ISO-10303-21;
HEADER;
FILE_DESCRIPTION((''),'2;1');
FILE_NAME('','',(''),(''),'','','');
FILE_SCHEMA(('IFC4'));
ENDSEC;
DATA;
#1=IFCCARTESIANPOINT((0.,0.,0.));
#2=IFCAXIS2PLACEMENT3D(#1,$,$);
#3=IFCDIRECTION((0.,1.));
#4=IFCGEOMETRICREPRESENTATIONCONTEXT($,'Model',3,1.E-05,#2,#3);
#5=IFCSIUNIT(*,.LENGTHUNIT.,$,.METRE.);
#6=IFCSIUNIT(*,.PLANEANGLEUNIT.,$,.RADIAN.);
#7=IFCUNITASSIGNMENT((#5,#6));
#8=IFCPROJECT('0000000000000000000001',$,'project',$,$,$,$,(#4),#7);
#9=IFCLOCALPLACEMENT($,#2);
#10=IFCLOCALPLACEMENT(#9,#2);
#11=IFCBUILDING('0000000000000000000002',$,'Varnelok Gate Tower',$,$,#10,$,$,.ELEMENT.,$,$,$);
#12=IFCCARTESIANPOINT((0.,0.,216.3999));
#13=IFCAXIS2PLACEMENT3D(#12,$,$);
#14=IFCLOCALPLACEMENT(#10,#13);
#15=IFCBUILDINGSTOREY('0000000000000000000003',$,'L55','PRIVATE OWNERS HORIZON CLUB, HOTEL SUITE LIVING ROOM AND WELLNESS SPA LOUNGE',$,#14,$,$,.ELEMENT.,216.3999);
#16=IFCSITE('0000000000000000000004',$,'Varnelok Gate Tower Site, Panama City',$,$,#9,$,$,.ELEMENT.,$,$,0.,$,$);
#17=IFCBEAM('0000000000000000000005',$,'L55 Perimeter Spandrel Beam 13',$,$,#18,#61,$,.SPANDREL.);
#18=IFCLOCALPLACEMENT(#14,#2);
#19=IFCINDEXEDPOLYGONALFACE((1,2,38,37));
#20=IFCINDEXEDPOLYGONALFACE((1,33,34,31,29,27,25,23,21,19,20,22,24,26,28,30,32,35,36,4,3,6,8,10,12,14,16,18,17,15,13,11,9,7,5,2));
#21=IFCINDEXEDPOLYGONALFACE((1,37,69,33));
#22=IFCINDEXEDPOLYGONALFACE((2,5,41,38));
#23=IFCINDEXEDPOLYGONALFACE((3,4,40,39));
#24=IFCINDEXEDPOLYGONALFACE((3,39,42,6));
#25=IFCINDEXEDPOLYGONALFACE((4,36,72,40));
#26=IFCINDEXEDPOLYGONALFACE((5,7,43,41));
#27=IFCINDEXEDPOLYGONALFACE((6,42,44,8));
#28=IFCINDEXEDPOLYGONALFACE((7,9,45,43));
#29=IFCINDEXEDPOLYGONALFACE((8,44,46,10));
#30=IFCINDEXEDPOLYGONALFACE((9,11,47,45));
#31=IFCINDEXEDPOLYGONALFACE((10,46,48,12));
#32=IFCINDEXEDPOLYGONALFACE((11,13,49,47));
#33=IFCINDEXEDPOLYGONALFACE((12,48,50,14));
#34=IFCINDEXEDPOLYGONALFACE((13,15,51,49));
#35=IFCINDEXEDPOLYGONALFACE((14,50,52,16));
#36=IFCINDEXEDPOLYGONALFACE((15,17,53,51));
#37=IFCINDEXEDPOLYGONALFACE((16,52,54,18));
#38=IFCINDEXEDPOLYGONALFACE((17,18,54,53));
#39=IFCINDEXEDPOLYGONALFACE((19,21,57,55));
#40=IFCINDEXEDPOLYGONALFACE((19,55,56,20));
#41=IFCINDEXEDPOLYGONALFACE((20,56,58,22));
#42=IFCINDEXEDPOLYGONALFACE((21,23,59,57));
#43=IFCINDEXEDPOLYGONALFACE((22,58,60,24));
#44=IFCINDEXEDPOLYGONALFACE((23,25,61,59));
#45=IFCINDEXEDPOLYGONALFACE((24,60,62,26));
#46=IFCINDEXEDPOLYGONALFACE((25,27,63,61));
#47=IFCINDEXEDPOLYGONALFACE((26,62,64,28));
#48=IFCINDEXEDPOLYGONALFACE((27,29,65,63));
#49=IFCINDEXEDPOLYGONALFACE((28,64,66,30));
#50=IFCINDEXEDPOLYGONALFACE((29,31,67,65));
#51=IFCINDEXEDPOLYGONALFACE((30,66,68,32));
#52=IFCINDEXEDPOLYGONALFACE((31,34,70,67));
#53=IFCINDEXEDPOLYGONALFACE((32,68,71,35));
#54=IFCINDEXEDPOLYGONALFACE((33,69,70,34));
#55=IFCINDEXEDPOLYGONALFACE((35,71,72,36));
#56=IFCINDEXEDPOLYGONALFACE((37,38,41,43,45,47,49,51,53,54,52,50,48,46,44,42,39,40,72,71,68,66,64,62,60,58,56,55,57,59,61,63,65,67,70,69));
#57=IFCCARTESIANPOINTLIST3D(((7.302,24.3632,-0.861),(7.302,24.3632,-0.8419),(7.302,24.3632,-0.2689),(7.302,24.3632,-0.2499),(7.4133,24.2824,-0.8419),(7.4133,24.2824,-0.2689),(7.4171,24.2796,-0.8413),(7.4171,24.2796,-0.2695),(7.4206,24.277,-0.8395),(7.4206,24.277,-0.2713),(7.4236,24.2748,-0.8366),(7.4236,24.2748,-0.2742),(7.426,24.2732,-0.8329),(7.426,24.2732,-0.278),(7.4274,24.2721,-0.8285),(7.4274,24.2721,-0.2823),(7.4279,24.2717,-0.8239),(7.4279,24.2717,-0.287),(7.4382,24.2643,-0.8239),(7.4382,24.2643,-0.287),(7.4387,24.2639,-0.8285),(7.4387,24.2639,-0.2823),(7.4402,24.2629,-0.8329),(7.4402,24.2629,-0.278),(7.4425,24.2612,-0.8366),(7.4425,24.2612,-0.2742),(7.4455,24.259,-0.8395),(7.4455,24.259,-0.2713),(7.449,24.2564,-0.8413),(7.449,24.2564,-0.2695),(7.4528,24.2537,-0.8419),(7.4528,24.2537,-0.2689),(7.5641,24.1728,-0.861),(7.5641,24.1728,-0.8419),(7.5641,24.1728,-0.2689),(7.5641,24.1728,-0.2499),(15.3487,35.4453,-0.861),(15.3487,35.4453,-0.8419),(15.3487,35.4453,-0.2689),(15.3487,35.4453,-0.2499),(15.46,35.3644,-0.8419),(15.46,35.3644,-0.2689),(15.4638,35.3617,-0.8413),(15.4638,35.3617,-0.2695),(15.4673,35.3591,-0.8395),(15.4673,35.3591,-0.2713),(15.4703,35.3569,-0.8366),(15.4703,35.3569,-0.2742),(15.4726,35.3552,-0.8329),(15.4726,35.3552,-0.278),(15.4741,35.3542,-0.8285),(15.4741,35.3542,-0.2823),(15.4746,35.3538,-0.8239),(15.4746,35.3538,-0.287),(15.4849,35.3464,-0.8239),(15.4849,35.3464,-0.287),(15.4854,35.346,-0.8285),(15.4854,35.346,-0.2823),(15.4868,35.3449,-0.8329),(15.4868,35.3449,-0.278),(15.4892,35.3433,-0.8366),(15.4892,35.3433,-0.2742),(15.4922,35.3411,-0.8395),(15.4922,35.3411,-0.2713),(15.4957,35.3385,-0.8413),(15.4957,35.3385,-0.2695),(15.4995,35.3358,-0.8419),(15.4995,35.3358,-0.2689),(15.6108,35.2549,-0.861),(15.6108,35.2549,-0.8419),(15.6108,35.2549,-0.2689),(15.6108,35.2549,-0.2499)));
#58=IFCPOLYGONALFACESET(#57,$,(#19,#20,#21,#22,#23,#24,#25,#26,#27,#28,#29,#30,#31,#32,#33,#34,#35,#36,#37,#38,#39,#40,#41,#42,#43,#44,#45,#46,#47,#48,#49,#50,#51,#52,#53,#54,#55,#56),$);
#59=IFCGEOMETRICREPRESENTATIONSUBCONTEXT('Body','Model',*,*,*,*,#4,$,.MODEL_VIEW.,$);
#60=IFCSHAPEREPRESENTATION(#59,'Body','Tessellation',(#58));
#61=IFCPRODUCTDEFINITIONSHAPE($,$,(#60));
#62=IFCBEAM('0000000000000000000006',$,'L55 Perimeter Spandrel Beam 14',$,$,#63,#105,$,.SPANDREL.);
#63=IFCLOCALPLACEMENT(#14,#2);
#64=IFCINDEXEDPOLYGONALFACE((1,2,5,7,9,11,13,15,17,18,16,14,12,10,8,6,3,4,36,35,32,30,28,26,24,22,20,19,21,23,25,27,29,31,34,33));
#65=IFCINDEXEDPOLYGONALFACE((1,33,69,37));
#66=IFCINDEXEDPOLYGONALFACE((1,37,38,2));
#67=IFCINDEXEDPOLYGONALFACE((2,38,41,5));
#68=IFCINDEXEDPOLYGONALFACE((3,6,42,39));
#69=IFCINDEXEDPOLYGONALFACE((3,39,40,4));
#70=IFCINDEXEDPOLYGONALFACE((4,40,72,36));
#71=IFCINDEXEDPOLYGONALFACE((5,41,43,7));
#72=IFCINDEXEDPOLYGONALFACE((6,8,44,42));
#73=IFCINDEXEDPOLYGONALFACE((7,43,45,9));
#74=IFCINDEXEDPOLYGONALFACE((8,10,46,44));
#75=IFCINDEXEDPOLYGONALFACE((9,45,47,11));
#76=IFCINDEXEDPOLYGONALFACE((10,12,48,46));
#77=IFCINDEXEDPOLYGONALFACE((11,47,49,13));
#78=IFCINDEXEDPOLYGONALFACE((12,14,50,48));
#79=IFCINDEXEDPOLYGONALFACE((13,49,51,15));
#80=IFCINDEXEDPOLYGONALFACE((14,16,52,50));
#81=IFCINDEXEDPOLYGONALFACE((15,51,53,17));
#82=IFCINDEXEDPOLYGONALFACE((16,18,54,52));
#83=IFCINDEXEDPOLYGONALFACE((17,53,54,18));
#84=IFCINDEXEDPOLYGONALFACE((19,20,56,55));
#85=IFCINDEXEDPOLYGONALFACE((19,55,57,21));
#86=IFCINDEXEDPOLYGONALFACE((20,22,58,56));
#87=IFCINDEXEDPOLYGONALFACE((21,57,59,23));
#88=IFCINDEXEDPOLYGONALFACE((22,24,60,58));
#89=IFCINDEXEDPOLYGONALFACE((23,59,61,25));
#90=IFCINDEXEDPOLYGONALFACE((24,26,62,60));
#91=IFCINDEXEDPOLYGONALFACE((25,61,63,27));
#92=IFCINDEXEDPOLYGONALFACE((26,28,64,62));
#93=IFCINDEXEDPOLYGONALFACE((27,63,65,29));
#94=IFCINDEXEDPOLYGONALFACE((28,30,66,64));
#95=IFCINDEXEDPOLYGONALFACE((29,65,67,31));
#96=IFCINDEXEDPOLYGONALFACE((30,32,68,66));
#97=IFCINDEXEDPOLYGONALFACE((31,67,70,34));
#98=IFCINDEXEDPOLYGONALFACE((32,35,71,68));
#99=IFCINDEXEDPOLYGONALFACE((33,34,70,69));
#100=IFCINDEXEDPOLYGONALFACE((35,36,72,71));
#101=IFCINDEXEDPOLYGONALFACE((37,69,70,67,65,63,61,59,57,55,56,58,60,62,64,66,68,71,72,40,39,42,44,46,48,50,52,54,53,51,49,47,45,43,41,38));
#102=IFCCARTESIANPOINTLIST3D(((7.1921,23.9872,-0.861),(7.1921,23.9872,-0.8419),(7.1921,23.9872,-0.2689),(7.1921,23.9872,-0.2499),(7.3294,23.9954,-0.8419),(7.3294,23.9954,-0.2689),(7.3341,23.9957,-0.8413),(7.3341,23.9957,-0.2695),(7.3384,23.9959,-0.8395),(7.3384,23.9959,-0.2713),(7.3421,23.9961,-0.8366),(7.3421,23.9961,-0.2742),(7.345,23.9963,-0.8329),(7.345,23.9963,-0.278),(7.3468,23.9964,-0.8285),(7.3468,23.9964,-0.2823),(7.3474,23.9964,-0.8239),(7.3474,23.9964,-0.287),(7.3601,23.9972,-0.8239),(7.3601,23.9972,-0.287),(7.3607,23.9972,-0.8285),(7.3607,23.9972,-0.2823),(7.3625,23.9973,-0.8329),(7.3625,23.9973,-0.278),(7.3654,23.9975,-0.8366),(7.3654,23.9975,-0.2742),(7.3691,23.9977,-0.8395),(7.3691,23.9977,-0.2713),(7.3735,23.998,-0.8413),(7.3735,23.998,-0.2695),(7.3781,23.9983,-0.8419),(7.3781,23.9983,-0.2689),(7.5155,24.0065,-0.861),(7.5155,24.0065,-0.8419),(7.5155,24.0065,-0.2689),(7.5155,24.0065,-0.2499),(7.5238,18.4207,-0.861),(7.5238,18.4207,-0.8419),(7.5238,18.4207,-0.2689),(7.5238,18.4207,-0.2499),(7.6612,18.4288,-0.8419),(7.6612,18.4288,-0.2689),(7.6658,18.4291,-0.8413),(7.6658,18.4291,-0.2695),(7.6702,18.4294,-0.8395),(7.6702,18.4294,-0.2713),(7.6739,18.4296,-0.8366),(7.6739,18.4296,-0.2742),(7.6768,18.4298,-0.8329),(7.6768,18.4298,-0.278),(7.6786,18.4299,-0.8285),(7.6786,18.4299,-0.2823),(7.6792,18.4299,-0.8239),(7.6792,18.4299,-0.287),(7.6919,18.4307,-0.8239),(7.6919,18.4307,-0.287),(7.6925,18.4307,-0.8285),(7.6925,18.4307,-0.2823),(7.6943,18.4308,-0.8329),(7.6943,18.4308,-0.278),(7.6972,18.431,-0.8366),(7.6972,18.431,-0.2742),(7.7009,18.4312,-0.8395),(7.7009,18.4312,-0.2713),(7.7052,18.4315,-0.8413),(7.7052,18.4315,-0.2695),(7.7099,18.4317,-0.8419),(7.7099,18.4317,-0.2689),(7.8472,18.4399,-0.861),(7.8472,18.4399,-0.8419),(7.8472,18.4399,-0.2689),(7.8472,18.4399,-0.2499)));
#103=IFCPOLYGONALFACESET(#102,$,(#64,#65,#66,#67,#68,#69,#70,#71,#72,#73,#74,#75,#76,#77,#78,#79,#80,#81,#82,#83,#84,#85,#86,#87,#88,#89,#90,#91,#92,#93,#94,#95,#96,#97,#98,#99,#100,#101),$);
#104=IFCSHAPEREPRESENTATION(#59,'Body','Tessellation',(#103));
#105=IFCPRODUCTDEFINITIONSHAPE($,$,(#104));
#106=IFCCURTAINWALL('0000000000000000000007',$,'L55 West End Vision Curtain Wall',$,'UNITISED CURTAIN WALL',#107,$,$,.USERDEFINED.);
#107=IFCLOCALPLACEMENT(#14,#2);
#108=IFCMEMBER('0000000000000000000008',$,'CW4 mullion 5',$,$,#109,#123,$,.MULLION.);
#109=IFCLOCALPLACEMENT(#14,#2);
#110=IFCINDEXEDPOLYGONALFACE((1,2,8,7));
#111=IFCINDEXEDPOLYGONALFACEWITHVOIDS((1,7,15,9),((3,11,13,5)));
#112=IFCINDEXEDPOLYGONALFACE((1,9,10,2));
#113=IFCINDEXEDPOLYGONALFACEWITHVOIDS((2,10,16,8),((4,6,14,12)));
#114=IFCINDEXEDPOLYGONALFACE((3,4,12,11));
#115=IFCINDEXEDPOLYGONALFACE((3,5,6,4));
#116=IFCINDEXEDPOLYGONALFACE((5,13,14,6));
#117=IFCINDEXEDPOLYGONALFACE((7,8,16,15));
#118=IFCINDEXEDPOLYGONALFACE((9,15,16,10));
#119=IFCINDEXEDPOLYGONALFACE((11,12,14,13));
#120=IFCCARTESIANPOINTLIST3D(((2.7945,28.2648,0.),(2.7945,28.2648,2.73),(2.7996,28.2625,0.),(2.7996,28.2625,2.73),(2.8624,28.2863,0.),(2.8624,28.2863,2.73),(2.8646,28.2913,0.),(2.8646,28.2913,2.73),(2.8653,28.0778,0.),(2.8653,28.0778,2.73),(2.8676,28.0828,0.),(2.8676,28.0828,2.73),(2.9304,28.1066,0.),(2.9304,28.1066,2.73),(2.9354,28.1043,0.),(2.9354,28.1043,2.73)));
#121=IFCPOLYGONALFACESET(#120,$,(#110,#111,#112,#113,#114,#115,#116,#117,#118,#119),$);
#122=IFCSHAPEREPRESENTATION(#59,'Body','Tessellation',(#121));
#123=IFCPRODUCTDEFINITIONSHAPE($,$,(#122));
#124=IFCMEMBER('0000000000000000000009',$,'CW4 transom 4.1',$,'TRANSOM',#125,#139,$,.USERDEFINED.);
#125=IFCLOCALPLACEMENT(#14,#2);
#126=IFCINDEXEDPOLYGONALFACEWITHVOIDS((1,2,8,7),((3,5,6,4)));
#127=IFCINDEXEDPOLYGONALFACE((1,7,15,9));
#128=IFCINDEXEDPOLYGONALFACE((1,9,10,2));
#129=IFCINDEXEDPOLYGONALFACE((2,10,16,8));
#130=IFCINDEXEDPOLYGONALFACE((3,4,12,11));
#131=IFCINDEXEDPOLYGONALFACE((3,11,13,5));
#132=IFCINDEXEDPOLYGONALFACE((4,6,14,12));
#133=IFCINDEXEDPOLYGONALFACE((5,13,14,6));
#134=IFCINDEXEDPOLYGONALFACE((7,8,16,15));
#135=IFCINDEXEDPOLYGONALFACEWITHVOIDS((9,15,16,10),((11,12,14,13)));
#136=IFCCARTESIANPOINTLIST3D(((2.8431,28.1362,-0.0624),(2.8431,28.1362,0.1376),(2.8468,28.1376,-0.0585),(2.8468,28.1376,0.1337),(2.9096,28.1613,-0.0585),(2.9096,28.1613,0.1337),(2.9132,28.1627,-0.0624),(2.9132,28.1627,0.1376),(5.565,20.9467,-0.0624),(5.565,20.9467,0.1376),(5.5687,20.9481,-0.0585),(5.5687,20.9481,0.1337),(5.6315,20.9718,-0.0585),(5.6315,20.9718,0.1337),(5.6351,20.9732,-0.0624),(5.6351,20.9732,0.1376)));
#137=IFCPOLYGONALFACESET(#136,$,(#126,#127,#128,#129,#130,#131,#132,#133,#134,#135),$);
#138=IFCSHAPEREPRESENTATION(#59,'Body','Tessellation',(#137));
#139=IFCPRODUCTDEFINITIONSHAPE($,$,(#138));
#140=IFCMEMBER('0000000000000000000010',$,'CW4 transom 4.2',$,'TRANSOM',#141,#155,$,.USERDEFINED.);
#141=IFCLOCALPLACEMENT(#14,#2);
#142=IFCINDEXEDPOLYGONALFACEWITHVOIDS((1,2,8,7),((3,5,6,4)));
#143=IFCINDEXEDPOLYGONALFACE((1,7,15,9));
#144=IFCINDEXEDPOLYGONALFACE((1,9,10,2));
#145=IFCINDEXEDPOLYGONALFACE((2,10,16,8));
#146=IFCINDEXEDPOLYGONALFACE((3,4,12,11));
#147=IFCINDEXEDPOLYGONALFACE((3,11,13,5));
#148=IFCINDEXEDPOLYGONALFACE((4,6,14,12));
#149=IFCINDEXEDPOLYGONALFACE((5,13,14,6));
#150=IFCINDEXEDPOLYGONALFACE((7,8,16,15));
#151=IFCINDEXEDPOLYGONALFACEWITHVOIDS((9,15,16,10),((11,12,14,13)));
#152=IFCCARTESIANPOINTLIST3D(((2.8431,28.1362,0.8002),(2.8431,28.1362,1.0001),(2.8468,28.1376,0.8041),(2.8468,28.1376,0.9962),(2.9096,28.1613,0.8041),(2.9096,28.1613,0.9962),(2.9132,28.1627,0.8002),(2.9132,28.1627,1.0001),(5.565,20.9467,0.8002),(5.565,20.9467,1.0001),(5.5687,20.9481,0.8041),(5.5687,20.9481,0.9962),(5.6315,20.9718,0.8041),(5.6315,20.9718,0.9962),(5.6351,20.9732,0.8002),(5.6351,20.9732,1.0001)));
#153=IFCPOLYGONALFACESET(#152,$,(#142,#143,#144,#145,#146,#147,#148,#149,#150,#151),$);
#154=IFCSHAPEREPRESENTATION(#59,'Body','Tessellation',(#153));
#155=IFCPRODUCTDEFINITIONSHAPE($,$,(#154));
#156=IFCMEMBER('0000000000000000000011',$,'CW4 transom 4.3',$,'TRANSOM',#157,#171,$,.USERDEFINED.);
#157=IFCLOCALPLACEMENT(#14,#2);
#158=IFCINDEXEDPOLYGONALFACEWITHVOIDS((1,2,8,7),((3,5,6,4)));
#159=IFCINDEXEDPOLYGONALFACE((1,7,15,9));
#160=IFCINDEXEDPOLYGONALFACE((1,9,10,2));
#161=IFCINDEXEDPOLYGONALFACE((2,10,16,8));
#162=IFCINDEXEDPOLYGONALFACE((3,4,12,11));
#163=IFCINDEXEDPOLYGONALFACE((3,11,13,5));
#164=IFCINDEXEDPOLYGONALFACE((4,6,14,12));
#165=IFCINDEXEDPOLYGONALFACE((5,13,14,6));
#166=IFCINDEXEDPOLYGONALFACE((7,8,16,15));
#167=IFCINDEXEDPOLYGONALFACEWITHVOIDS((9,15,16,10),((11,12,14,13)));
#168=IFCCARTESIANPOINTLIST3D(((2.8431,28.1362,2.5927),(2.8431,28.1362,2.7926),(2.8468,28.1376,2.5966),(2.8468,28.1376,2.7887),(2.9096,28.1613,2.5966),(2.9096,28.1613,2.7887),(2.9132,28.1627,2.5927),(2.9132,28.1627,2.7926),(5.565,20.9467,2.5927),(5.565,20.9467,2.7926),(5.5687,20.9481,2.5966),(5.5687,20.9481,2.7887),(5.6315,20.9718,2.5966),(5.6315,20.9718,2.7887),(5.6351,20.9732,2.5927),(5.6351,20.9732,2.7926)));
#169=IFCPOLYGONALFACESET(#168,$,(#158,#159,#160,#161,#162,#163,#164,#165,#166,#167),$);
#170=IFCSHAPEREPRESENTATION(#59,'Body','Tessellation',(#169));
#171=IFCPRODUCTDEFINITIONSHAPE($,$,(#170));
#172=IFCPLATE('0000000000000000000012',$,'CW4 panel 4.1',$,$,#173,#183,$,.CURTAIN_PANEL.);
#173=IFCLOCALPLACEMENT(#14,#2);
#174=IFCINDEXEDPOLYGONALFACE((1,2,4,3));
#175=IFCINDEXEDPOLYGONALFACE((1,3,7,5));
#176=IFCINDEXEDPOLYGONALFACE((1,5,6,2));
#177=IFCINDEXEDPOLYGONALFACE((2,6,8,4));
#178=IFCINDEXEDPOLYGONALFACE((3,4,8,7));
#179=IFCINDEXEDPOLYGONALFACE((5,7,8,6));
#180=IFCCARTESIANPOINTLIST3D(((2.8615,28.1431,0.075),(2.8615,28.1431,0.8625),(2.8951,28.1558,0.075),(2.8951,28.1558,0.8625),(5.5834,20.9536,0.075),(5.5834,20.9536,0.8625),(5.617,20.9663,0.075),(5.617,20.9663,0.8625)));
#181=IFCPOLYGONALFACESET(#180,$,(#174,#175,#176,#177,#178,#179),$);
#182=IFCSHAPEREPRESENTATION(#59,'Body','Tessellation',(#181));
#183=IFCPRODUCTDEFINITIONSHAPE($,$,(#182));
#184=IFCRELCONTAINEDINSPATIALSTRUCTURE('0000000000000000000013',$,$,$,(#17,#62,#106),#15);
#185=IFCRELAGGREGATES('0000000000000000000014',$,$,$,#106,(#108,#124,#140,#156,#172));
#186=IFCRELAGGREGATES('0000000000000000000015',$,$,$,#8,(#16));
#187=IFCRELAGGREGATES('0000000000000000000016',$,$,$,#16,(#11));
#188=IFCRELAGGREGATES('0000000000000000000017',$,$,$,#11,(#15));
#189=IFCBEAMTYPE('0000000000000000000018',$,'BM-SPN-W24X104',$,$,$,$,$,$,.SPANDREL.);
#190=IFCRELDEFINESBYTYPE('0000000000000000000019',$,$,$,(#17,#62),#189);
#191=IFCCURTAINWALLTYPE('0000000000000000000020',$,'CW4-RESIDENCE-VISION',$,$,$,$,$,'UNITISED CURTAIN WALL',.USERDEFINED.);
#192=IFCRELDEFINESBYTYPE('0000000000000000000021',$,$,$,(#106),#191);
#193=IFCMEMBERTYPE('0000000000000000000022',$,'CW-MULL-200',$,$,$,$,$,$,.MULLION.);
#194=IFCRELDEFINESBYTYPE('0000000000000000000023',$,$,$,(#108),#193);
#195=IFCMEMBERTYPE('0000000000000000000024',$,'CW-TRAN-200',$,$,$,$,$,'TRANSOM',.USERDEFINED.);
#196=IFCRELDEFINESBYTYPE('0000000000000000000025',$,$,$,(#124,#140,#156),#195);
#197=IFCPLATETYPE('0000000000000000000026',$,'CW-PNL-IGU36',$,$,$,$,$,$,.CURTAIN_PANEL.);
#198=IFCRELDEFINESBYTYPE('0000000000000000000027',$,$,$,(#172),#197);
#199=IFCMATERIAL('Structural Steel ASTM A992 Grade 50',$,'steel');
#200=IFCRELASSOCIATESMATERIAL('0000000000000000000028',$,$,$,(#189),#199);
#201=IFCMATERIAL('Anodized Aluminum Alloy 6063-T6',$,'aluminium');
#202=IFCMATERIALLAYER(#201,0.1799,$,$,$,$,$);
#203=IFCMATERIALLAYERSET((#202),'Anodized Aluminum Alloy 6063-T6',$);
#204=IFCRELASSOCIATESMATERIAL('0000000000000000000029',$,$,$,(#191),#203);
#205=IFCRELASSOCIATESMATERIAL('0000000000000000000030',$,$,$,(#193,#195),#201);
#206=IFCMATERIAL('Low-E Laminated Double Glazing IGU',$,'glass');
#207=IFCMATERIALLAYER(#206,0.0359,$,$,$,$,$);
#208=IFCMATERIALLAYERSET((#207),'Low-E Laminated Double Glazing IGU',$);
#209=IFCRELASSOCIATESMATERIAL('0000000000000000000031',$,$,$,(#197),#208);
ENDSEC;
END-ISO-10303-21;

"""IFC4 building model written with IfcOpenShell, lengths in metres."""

from ifc_helpers import new_model, si_unit, direction, frame, origin, origin_2d, place, context, subcontext, project, spatial, rectangle, hollow_rectangle, i_section, extrude, source, transform, mapped, material, layer, layer_set, material_profile, profile_set, type_object, element, aggregate, save


model = new_model("IFC4")

# Units and contexts
model_context = context("Model", 3, precision=1e-05, world=origin(), true_north=direction((0.0, 1.0)))
body_context = subcontext(model_context, "Body", "Model", "MODEL_VIEW")
ifc_project = project(units=[si_unit("LENGTHUNIT", "METRE"), si_unit("PLANEANGLEUNIT", "RADIAN")], contexts=[model_context])

# Site, building, storey
site_placement = place(None, origin())
site = spatial("IfcSite", under=ifc_project, at=site_placement, Name="Varnelok Gate Tower Site, Panama City", CompositionType="ELEMENT", RefElevation=0.0)
building_placement = place(site_placement, origin())
building = spatial("IfcBuilding", under=site, at=building_placement, Name="Varnelok Gate Tower", CompositionType="ELEMENT")
storey_placement = place(building_placement, frame((0.0, 0.0, 216.3999)))
storey = spatial("IfcBuildingStorey", under=building, at=storey_placement, Name="L55", Description="PRIVATE OWNERS HORIZON CLUB, HOTEL SUITE LIVING ROOM AND WELLNESS SPA LOUNGE", CompositionType="ELEMENT", Elevation=216.3999)

# Shared definitions
ifc_material_1 = material(Name="Structural Steel ASTM A992 Grade 50", Category="steel")

# Beams
ifc_material_profile_1 = material_profile(ifc_material_1, i_section(OverallWidth=0.324, OverallDepth=0.6111, WebThickness=0.0127, FlangeThickness=0.019, FilletRadius=0.0181, at=origin_2d()), Name="W24X104")
ifc_profile_set_1 = profile_set([ifc_material_profile_1], Name="Structural Steel ASTM A992 Grade 50")
beam_type_1 = type_object("IfcBeamType", Name="BM-SPN-W24X104", PredefinedType="SPANDREL", material=ifc_profile_set_1)
beam_1_placement = place(storey_placement, frame((15.4797, 35.3501, -0.5554), z_axis=(-0.587549, -0.809188, 0.0), x_axis=(0.809188, -0.587549, 0.0)))
element("IfcBeam", 1, at=beam_1_placement, inside=storey, type_object=beam_type_1, Name="L55 Perimeter Spandrel Beam 13", PredefinedType="SPANDREL", context=body_context, shape_type="SweptSolid", body=[
    extrude(i_section(OverallWidth=0.324, OverallDepth=0.6111, WebThickness=0.0127, FlangeThickness=0.019, FilletRadius=0.0181, at=origin_2d()), origin(), (0.0, 0.0, 1.0), 13.6953),
])
beam_2_placement = place(storey_placement, frame((7.3538, 23.9968, -0.5554), z_axis=(0.059497, -0.998228, 0.0), x_axis=(0.998228, 0.059497, 0.0)))
element("IfcBeam", 2, at=beam_2_placement, inside=storey, type_object=beam_type_1, Name="L55 Perimeter Spandrel Beam 14", PredefinedType="SPANDREL", context=body_context, shape_type="SweptSolid", body=[
    extrude(i_section(OverallWidth=0.324, OverallDepth=0.6111, WebThickness=0.0127, FlangeThickness=0.019, FilletRadius=0.0181, at=origin_2d()), origin(), (0.0, 0.0, 1.0), 5.5764),
])

# Curtain wall, members, plate
ifc_material_2 = material(Name="Anodized Aluminum Alloy 6063-T6", Category="aluminium")
ifc_layer_1 = layer(ifc_material_2, 0.1799)
ifc_layer_set_1 = layer_set([ifc_layer_1], Name="Anodized Aluminum Alloy 6063-T6")
curtain_wall_type = type_object("IfcCurtainWallType", Name="CW4-RESIDENCE-VISION", ElementType="UNITISED CURTAIN WALL", PredefinedType="USERDEFINED", material=ifc_layer_set_1)
curtain_wall_placement = place(storey_placement, origin())
curtain_wall = element("IfcCurtainWall", 3, at=curtain_wall_placement, inside=storey, type_object=curtain_wall_type, Name="L55 West End Vision Curtain Wall", ObjectType="UNITISED CURTAIN WALL", PredefinedType="USERDEFINED")
ifc_material_profile_2 = material_profile(ifc_material_2, hollow_rectangle(XDim=0.075, YDim=0.2, WallThickness=0.0039, at=origin_2d()), Name="ALU200X75X4")
ifc_profile_set_2 = profile_set([ifc_material_profile_2], Name="Anodized Aluminum Alloy 6063-T6")
member_type_1 = type_object("IfcMemberType", Name="CW-MULL-200", PredefinedType="MULLION", material=ifc_profile_set_2)
member_1_placement = place(storey_placement, frame((2.865, 28.1846, 0.0), z_axis=(0.0, 0.0, 1.0), x_axis=(-0.935222, -0.354063, 0.0)))
member_1 = element("IfcMember", 4, at=member_1_placement, type_object=member_type_1, Name="CW4 mullion 5", PredefinedType="MULLION", context=body_context, shape_type="SweptSolid", body=[
    extrude(hollow_rectangle(XDim=0.075, YDim=0.2, WallThickness=0.0039, at=origin_2d()), origin(), (0.0, 0.0, 1.0), 2.73),
])
ifc_material_profile_3 = material_profile(ifc_material_2, hollow_rectangle(XDim=0.075, YDim=0.2, WallThickness=0.0039, at=origin_2d()), Name="ALU200X75X4")
ifc_profile_set_3 = profile_set([ifc_material_profile_3], Name="Anodized Aluminum Alloy 6063-T6")
member_type_2 = type_object("IfcMemberType", Name="CW-TRAN-200", ElementType="TRANSOM", PredefinedType="USERDEFINED", material=ifc_profile_set_3)
member_2_placement = place(storey_placement, frame((5.6001, 20.96, 0.0376), z_axis=(-0.354073, 0.935218, 0.0), x_axis=(-0.935218, -0.354073, 0.0)))
member_2 = element("IfcMember", 5, at=member_2_placement, type_object=member_type_2, Name="CW4 transom 4.1", ObjectType="TRANSOM", PredefinedType="USERDEFINED", context=body_context, shape_type="SweptSolid", body=[
    extrude(hollow_rectangle(XDim=0.075, YDim=0.2, WallThickness=0.0039, at=origin_2d()), origin(), (0.0, 0.0, 1.0), 7.6875),
])
member_3_placement = place(storey_placement, frame((5.6001, 20.96, 0.9001), z_axis=(-0.354073, 0.935218, 0.0), x_axis=(-0.935218, -0.354073, 0.0)))
member_3 = element("IfcMember", 6, at=member_3_placement, type_object=member_type_2, Name="CW4 transom 4.2", ObjectType="TRANSOM", PredefinedType="USERDEFINED", context=body_context, shape_type="SweptSolid", body=[
    extrude(hollow_rectangle(XDim=0.075, YDim=0.2, WallThickness=0.0039, at=origin_2d()), origin(), (0.0, 0.0, 1.0), 7.6875),
])
member_4_placement = place(storey_placement, frame((5.6001, 20.96, 2.6926), z_axis=(-0.354073, 0.935218, 0.0), x_axis=(-0.935218, -0.354073, 0.0)))
member_4 = element("IfcMember", 7, at=member_4_placement, type_object=member_type_2, Name="CW4 transom 4.3", ObjectType="TRANSOM", PredefinedType="USERDEFINED", context=body_context, shape_type="SweptSolid", body=[
    extrude(hollow_rectangle(XDim=0.075, YDim=0.2, WallThickness=0.0039, at=origin_2d()), origin(), (0.0, 0.0, 1.0), 7.6875),
])
ifc_material_3 = material(Name="Low-E Laminated Double Glazing IGU", Category="glass")
ifc_layer_2 = layer(ifc_material_3, 0.0359)
ifc_layer_set_2 = layer_set([ifc_layer_2], Name="Low-E Laminated Double Glazing IGU")
plate_type = type_object("IfcPlateType", Name="CW-PNL-IGU36", PredefinedType="CURTAIN_PANEL", material=ifc_layer_set_2)
shared_shape_1 = source(origin(), body_context, "Body", "SweptSolid", [
    extrude(rectangle(XDim=7.6875, YDim=0.0359, at=origin_2d()), origin(), (0.0, 0.0, 1.0), 0.7876),
])
plate_1_placement = place(storey_placement, frame((4.2393, 24.5547, 0.075), z_axis=(0.0, 0.0, 1.0), x_axis=(-0.354063, 0.935222, 0.0)))
plate_1 = element("IfcPlate", 8, at=plate_1_placement, type_object=plate_type, Name="CW4 panel 4.1", PredefinedType="CURTAIN_PANEL", context=body_context, shape_type="MappedRepresentation", body=[
    mapped(shared_shape_1, transform((0.0, 0.0, 0.0), scale=1.0)),
])
aggregate(curtain_wall, [member_1, member_2, member_3, member_4, plate_1])

save(model, "model.ifc")
